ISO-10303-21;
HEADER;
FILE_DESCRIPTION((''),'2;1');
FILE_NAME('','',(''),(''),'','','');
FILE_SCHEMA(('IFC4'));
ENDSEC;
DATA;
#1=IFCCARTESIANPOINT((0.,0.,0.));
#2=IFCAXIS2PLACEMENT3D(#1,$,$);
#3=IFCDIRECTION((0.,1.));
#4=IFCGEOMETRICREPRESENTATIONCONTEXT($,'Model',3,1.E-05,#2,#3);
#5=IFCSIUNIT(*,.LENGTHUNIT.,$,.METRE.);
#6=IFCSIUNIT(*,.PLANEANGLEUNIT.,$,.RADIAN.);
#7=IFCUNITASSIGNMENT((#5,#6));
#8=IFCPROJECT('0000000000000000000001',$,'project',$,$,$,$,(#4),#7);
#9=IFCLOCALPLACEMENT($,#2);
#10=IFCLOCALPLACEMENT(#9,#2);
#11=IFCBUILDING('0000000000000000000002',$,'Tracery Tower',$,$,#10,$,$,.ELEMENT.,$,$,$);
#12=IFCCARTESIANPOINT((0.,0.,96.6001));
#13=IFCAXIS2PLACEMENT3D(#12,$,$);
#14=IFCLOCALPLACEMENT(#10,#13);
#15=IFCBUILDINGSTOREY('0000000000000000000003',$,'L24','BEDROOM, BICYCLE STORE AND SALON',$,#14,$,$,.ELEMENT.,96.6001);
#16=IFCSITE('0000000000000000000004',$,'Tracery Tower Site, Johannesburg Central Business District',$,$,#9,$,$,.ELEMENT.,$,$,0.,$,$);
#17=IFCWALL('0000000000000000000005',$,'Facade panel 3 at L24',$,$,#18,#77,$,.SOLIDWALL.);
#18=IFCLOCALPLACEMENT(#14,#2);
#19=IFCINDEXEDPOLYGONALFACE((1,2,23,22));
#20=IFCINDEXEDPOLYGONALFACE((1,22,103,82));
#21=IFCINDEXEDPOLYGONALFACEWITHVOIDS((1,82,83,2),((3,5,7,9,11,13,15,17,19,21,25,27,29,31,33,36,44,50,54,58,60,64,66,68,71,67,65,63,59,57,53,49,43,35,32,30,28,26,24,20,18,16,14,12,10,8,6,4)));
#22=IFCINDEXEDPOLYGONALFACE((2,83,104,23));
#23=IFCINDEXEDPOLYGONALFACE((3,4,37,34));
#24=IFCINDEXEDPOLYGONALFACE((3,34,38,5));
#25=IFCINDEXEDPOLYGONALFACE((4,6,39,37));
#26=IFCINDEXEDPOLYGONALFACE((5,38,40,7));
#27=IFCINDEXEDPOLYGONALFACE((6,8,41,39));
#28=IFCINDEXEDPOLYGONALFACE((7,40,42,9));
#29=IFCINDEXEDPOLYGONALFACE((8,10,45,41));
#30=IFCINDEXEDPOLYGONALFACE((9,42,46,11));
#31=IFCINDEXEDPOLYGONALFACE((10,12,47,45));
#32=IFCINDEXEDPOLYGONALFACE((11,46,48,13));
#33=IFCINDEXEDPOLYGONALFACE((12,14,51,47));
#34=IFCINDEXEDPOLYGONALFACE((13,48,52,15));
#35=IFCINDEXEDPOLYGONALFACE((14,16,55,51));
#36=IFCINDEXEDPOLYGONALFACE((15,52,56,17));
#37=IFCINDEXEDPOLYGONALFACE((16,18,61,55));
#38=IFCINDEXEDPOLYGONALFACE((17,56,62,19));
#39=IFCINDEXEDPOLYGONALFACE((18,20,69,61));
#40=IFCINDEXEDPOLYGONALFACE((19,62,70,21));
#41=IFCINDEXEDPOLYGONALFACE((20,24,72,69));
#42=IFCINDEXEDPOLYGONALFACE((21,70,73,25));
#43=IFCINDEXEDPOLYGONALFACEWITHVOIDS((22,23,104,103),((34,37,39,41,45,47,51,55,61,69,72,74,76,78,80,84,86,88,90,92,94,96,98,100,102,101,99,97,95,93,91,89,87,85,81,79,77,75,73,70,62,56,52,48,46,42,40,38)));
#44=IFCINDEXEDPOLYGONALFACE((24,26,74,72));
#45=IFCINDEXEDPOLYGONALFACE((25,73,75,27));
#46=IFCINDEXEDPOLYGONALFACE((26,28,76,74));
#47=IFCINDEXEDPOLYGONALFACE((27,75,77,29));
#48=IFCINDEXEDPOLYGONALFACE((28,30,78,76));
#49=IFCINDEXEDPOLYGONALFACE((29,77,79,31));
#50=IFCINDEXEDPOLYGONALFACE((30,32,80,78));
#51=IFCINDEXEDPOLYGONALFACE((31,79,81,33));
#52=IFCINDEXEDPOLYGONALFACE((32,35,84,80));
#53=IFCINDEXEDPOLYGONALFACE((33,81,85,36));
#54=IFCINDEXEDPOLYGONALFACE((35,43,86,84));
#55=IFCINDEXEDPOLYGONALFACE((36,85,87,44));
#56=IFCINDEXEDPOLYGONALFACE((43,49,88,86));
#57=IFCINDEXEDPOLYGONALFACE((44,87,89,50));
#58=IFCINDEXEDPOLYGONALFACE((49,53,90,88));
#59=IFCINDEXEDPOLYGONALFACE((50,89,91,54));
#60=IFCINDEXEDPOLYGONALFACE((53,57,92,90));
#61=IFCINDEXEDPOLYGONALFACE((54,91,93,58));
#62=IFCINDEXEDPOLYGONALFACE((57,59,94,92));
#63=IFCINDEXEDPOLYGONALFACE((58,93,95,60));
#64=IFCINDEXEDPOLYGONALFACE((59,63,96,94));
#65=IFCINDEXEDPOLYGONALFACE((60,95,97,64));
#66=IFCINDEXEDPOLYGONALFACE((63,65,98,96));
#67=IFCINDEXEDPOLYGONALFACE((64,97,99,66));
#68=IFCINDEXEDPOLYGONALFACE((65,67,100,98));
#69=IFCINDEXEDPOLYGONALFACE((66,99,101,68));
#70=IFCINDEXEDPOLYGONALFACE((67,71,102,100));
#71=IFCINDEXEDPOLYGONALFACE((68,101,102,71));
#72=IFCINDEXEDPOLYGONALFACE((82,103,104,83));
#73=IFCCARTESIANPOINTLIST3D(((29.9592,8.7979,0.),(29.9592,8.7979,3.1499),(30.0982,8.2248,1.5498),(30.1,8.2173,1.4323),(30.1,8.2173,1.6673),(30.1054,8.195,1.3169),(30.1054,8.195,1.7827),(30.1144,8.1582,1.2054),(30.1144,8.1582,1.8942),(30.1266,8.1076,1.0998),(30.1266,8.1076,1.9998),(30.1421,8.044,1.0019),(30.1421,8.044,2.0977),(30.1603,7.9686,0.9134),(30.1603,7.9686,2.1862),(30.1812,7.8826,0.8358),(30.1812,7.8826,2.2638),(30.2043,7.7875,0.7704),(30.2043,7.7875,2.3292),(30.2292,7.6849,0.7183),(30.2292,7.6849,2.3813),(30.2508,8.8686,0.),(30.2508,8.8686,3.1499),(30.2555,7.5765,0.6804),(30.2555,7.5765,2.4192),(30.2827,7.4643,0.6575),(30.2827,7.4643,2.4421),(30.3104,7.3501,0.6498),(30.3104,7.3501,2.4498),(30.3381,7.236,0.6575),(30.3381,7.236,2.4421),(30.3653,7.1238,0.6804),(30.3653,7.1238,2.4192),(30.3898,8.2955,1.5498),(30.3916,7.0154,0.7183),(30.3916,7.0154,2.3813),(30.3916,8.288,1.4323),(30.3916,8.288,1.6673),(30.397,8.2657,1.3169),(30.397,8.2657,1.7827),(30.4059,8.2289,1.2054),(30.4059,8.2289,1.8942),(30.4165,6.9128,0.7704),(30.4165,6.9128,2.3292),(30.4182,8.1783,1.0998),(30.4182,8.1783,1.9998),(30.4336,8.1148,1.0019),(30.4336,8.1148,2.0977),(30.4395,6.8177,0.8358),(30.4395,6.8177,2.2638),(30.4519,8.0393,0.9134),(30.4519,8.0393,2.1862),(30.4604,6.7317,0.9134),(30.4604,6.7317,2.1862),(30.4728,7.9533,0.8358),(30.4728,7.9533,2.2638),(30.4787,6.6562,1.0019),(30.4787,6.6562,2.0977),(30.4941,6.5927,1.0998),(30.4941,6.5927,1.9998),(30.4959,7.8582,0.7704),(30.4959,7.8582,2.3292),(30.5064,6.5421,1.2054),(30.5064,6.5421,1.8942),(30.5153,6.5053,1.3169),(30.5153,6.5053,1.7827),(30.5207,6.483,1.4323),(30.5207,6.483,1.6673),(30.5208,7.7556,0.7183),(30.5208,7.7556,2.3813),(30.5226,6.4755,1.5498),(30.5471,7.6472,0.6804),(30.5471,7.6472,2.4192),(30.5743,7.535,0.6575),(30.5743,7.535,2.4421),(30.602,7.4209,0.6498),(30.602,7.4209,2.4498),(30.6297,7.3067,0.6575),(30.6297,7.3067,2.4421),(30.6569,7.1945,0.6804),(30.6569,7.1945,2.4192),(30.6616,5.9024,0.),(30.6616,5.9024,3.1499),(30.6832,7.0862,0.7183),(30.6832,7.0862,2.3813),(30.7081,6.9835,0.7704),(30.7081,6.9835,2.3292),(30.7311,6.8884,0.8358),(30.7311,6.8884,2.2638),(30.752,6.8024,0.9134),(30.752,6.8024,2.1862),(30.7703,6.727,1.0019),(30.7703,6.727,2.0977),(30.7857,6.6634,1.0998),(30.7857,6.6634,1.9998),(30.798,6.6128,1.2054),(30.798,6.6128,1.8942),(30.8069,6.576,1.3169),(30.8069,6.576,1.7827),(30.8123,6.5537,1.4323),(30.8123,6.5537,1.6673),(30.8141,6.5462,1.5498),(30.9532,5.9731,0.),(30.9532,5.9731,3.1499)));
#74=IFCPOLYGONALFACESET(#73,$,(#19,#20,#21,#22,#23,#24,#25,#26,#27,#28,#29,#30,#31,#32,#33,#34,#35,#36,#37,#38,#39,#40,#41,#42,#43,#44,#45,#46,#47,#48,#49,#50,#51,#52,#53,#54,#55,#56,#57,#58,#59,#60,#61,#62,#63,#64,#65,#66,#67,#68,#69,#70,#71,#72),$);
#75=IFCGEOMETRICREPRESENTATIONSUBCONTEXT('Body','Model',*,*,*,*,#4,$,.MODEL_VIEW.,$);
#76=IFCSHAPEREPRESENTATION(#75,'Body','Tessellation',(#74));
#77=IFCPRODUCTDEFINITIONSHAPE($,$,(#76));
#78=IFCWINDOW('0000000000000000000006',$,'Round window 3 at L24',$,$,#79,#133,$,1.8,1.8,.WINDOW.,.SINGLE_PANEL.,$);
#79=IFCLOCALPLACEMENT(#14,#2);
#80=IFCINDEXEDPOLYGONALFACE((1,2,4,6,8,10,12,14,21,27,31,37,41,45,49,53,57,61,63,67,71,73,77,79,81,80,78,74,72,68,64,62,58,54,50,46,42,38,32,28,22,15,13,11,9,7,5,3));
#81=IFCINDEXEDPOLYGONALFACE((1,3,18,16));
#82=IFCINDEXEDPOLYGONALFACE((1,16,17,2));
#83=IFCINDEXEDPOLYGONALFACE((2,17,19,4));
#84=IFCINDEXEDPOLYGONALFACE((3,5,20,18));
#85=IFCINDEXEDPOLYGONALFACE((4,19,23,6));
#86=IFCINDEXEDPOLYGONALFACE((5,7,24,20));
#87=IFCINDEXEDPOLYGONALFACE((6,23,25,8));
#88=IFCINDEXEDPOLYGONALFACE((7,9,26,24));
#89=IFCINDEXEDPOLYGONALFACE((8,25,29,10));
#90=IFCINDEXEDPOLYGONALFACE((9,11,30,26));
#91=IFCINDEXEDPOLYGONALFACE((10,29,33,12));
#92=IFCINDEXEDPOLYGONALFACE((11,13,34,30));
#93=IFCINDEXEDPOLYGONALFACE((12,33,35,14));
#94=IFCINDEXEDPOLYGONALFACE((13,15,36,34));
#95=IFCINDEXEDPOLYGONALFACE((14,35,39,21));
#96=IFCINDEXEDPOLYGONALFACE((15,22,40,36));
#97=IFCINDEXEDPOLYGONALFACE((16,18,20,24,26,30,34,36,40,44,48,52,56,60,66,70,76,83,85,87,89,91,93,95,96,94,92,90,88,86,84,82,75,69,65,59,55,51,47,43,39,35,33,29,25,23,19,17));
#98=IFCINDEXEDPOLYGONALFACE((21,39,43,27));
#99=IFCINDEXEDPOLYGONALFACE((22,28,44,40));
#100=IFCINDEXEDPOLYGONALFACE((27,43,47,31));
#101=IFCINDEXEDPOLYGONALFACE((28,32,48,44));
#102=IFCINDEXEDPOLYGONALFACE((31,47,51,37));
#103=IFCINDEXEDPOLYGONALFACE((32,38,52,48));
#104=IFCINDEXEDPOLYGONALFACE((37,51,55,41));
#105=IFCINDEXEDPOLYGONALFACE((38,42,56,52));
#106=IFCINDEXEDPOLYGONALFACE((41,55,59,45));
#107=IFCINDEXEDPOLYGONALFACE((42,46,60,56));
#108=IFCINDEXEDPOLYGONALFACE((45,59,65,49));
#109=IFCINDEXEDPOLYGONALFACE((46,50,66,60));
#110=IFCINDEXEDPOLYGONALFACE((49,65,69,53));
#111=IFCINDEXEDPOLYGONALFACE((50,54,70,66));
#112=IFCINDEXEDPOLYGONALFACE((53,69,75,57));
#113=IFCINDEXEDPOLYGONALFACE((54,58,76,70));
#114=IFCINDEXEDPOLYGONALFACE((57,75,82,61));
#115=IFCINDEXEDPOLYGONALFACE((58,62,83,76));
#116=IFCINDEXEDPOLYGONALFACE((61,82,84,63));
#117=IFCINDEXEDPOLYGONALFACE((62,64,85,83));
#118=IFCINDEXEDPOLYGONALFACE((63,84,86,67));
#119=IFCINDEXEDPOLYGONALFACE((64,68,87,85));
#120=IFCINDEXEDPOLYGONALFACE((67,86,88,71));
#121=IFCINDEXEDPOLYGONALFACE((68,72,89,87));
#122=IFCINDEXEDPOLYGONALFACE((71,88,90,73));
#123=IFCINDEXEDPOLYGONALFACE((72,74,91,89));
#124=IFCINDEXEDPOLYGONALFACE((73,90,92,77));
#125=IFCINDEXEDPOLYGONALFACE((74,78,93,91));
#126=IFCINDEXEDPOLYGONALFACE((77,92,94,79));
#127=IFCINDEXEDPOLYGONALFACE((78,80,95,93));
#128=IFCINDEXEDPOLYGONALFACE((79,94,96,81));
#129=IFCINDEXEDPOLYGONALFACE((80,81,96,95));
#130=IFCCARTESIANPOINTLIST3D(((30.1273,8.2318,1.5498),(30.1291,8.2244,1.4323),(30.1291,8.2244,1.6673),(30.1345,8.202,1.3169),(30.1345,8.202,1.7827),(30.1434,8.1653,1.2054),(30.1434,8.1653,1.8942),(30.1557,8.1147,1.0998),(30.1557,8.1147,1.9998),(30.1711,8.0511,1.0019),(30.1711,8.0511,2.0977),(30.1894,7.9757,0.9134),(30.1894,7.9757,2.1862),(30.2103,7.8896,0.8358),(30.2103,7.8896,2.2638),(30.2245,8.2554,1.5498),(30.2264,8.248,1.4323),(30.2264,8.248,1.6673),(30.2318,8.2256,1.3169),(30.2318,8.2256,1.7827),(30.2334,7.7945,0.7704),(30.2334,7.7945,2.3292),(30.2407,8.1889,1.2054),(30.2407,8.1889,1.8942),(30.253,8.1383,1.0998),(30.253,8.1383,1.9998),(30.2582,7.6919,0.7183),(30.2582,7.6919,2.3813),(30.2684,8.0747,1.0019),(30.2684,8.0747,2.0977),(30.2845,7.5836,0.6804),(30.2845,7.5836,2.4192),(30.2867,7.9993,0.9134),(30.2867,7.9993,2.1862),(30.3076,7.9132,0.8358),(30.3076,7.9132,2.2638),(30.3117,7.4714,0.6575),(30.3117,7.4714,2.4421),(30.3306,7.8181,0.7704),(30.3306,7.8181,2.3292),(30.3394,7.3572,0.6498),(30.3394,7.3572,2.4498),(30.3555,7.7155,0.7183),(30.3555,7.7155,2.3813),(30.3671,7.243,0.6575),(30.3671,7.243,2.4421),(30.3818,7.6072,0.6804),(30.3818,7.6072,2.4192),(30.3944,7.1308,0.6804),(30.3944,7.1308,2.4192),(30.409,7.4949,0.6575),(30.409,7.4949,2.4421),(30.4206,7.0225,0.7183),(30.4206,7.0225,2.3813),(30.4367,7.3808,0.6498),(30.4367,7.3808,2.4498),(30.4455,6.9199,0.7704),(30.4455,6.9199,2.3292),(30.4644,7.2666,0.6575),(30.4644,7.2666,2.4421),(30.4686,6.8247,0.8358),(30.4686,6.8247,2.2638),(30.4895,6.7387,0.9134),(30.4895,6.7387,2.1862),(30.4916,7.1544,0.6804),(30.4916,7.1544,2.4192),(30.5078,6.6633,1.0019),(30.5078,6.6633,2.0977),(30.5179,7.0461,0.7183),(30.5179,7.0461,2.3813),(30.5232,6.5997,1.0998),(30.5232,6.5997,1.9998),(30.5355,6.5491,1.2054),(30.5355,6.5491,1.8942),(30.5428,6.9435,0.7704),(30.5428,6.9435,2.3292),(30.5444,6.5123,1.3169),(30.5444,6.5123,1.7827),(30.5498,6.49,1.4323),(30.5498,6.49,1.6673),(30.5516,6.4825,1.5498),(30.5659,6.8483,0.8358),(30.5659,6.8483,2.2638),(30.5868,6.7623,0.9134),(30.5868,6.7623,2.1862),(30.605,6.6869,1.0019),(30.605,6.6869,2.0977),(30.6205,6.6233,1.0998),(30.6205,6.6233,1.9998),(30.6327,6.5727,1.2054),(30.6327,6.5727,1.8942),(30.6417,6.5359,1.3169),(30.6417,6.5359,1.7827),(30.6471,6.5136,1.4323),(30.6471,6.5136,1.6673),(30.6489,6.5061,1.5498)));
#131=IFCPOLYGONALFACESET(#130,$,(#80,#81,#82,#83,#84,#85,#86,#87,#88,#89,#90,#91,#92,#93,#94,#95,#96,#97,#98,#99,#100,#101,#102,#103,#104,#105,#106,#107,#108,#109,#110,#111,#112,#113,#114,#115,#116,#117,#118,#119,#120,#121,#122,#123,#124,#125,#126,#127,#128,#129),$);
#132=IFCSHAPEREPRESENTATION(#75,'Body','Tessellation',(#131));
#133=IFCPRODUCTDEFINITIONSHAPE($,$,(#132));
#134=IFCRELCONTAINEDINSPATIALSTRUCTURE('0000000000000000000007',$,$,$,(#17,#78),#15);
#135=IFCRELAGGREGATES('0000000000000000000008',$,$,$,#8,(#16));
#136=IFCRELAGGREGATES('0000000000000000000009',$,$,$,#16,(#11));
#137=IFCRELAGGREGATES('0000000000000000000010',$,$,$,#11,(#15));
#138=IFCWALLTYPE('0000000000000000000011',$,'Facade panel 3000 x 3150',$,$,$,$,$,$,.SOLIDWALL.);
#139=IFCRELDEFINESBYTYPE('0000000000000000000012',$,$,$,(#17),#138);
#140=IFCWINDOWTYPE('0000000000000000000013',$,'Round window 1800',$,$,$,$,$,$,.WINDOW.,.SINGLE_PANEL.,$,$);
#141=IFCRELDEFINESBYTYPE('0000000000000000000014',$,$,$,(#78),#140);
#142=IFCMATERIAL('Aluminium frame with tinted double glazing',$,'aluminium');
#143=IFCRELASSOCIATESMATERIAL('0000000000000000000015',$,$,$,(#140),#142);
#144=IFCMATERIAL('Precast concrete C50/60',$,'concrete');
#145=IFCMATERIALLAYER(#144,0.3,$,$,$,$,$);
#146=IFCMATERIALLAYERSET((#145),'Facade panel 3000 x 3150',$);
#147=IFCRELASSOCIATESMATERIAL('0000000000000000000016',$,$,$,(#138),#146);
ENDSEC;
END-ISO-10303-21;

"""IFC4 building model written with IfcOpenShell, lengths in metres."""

from ifc_helpers import new_model, si_unit, direction, frame, frame_2d, origin, origin_2d, place, context, subcontext, project, spatial, rectangle, circle, extrude, material, layer, layer_set, type_object, element, fill, save


model = new_model("IFC4")

# Units and contexts
model_context = context("Model", 3, precision=1e-05, world=origin(), true_north=direction((0.0, 1.0)))
body_context = subcontext(model_context, "Body", "Model", "MODEL_VIEW")
ifc_project = project(units=[si_unit("LENGTHUNIT", "METRE"), si_unit("PLANEANGLEUNIT", "RADIAN")], contexts=[model_context])

# Site, building, storey
site_placement = place(None, origin())
site = spatial("IfcSite", under=ifc_project, at=site_placement, Name="Tracery Tower Site, Johannesburg Central Business District", CompositionType="ELEMENT", RefElevation=0.0)
building_placement = place(site_placement, origin())
building = spatial("IfcBuilding", under=site, at=building_placement, Name="Tracery Tower", CompositionType="ELEMENT")
storey_placement = place(building_placement, frame((0.0, 0.0, 96.6001)))
storey = spatial("IfcBuildingStorey", under=building, at=storey_placement, Name="L24", Description="BEDROOM, BICYCLE STORE AND SALON", CompositionType="ELEMENT", Elevation=96.6001)

# Wall, opening, window
ifc_material_1 = material(Name="Aluminium frame with tinted double glazing", Category="aluminium")
window_type = type_object("IfcWindowType", Name="Round window 1800", PartitioningType="SINGLE_PANEL", PredefinedType="WINDOW", material=ifc_material_1)
ifc_material_2 = material(Name="Precast concrete C50/60", Category="concrete")
ifc_layer_1 = layer(ifc_material_2, 0.3)
ifc_layer_set_1 = layer_set([ifc_layer_1], Name="Facade panel 3000 x 3150")
wall_type_1 = type_object("IfcWallType", Name="Facade panel 3000 x 3150", PredefinedType="SOLIDWALL", material=ifc_layer_set_1)
wall_1_placement = place(storey_placement, frame((30.8074, 5.9377, 0.0), z_axis=(0.0, 0.0, 1.0), x_axis=(-0.235743, 0.971815, 0.0)))
wall_1 = element("IfcWall", 1, at=wall_1_placement, inside=storey, type_object=wall_type_1, Name="Facade panel 3 at L24", PredefinedType="SOLIDWALL", context=body_context, shape_type="SweptSolid", body=[
    extrude(rectangle(XDim=2.9795, YDim=0.3, at=frame_2d((1.4897, 0.0))), origin(), (0.0, 0.0, 1.0), 3.1499),
])
opening_1_placement = place(wall_1_placement, frame((1.4897, 0.0, 1.5498)))
opening_1 = element("IfcOpeningElement", 2, at=opening_1_placement, cuts=wall_1, PredefinedType="OPENING", context=body_context, shape_type="SweptSolid", body=[
    extrude(circle(Radius=0.9, at=origin_2d()), frame((0.0, 0.1599, 0.0), z_axis=(0.0, -1.0, 0.0), x_axis=(1.0, 0.0, 0.0)), (0.0, 0.0, 1.0), 0.3201),
])
window_1_placement = place(opening_1_placement, origin())
window_1 = element("IfcWindow", 3, at=window_1_placement, inside=storey, type_object=window_type, Name="Round window 3 at L24", OverallHeight=1.8, OverallWidth=1.8, PartitioningType="SINGLE_PANEL", PredefinedType="WINDOW", context=body_context, shape_type="SweptSolid", body=[
    extrude(circle(Radius=0.9, at=origin_2d()), frame((0.0, 0.1201, 0.0), z_axis=(0.0, -1.0, 0.0), x_axis=(1.0, 0.0, 0.0)), (0.0, 0.0, 1.0), 0.1001),
])
fill(opening_1, window_1)

save(model, "model.ifc")
